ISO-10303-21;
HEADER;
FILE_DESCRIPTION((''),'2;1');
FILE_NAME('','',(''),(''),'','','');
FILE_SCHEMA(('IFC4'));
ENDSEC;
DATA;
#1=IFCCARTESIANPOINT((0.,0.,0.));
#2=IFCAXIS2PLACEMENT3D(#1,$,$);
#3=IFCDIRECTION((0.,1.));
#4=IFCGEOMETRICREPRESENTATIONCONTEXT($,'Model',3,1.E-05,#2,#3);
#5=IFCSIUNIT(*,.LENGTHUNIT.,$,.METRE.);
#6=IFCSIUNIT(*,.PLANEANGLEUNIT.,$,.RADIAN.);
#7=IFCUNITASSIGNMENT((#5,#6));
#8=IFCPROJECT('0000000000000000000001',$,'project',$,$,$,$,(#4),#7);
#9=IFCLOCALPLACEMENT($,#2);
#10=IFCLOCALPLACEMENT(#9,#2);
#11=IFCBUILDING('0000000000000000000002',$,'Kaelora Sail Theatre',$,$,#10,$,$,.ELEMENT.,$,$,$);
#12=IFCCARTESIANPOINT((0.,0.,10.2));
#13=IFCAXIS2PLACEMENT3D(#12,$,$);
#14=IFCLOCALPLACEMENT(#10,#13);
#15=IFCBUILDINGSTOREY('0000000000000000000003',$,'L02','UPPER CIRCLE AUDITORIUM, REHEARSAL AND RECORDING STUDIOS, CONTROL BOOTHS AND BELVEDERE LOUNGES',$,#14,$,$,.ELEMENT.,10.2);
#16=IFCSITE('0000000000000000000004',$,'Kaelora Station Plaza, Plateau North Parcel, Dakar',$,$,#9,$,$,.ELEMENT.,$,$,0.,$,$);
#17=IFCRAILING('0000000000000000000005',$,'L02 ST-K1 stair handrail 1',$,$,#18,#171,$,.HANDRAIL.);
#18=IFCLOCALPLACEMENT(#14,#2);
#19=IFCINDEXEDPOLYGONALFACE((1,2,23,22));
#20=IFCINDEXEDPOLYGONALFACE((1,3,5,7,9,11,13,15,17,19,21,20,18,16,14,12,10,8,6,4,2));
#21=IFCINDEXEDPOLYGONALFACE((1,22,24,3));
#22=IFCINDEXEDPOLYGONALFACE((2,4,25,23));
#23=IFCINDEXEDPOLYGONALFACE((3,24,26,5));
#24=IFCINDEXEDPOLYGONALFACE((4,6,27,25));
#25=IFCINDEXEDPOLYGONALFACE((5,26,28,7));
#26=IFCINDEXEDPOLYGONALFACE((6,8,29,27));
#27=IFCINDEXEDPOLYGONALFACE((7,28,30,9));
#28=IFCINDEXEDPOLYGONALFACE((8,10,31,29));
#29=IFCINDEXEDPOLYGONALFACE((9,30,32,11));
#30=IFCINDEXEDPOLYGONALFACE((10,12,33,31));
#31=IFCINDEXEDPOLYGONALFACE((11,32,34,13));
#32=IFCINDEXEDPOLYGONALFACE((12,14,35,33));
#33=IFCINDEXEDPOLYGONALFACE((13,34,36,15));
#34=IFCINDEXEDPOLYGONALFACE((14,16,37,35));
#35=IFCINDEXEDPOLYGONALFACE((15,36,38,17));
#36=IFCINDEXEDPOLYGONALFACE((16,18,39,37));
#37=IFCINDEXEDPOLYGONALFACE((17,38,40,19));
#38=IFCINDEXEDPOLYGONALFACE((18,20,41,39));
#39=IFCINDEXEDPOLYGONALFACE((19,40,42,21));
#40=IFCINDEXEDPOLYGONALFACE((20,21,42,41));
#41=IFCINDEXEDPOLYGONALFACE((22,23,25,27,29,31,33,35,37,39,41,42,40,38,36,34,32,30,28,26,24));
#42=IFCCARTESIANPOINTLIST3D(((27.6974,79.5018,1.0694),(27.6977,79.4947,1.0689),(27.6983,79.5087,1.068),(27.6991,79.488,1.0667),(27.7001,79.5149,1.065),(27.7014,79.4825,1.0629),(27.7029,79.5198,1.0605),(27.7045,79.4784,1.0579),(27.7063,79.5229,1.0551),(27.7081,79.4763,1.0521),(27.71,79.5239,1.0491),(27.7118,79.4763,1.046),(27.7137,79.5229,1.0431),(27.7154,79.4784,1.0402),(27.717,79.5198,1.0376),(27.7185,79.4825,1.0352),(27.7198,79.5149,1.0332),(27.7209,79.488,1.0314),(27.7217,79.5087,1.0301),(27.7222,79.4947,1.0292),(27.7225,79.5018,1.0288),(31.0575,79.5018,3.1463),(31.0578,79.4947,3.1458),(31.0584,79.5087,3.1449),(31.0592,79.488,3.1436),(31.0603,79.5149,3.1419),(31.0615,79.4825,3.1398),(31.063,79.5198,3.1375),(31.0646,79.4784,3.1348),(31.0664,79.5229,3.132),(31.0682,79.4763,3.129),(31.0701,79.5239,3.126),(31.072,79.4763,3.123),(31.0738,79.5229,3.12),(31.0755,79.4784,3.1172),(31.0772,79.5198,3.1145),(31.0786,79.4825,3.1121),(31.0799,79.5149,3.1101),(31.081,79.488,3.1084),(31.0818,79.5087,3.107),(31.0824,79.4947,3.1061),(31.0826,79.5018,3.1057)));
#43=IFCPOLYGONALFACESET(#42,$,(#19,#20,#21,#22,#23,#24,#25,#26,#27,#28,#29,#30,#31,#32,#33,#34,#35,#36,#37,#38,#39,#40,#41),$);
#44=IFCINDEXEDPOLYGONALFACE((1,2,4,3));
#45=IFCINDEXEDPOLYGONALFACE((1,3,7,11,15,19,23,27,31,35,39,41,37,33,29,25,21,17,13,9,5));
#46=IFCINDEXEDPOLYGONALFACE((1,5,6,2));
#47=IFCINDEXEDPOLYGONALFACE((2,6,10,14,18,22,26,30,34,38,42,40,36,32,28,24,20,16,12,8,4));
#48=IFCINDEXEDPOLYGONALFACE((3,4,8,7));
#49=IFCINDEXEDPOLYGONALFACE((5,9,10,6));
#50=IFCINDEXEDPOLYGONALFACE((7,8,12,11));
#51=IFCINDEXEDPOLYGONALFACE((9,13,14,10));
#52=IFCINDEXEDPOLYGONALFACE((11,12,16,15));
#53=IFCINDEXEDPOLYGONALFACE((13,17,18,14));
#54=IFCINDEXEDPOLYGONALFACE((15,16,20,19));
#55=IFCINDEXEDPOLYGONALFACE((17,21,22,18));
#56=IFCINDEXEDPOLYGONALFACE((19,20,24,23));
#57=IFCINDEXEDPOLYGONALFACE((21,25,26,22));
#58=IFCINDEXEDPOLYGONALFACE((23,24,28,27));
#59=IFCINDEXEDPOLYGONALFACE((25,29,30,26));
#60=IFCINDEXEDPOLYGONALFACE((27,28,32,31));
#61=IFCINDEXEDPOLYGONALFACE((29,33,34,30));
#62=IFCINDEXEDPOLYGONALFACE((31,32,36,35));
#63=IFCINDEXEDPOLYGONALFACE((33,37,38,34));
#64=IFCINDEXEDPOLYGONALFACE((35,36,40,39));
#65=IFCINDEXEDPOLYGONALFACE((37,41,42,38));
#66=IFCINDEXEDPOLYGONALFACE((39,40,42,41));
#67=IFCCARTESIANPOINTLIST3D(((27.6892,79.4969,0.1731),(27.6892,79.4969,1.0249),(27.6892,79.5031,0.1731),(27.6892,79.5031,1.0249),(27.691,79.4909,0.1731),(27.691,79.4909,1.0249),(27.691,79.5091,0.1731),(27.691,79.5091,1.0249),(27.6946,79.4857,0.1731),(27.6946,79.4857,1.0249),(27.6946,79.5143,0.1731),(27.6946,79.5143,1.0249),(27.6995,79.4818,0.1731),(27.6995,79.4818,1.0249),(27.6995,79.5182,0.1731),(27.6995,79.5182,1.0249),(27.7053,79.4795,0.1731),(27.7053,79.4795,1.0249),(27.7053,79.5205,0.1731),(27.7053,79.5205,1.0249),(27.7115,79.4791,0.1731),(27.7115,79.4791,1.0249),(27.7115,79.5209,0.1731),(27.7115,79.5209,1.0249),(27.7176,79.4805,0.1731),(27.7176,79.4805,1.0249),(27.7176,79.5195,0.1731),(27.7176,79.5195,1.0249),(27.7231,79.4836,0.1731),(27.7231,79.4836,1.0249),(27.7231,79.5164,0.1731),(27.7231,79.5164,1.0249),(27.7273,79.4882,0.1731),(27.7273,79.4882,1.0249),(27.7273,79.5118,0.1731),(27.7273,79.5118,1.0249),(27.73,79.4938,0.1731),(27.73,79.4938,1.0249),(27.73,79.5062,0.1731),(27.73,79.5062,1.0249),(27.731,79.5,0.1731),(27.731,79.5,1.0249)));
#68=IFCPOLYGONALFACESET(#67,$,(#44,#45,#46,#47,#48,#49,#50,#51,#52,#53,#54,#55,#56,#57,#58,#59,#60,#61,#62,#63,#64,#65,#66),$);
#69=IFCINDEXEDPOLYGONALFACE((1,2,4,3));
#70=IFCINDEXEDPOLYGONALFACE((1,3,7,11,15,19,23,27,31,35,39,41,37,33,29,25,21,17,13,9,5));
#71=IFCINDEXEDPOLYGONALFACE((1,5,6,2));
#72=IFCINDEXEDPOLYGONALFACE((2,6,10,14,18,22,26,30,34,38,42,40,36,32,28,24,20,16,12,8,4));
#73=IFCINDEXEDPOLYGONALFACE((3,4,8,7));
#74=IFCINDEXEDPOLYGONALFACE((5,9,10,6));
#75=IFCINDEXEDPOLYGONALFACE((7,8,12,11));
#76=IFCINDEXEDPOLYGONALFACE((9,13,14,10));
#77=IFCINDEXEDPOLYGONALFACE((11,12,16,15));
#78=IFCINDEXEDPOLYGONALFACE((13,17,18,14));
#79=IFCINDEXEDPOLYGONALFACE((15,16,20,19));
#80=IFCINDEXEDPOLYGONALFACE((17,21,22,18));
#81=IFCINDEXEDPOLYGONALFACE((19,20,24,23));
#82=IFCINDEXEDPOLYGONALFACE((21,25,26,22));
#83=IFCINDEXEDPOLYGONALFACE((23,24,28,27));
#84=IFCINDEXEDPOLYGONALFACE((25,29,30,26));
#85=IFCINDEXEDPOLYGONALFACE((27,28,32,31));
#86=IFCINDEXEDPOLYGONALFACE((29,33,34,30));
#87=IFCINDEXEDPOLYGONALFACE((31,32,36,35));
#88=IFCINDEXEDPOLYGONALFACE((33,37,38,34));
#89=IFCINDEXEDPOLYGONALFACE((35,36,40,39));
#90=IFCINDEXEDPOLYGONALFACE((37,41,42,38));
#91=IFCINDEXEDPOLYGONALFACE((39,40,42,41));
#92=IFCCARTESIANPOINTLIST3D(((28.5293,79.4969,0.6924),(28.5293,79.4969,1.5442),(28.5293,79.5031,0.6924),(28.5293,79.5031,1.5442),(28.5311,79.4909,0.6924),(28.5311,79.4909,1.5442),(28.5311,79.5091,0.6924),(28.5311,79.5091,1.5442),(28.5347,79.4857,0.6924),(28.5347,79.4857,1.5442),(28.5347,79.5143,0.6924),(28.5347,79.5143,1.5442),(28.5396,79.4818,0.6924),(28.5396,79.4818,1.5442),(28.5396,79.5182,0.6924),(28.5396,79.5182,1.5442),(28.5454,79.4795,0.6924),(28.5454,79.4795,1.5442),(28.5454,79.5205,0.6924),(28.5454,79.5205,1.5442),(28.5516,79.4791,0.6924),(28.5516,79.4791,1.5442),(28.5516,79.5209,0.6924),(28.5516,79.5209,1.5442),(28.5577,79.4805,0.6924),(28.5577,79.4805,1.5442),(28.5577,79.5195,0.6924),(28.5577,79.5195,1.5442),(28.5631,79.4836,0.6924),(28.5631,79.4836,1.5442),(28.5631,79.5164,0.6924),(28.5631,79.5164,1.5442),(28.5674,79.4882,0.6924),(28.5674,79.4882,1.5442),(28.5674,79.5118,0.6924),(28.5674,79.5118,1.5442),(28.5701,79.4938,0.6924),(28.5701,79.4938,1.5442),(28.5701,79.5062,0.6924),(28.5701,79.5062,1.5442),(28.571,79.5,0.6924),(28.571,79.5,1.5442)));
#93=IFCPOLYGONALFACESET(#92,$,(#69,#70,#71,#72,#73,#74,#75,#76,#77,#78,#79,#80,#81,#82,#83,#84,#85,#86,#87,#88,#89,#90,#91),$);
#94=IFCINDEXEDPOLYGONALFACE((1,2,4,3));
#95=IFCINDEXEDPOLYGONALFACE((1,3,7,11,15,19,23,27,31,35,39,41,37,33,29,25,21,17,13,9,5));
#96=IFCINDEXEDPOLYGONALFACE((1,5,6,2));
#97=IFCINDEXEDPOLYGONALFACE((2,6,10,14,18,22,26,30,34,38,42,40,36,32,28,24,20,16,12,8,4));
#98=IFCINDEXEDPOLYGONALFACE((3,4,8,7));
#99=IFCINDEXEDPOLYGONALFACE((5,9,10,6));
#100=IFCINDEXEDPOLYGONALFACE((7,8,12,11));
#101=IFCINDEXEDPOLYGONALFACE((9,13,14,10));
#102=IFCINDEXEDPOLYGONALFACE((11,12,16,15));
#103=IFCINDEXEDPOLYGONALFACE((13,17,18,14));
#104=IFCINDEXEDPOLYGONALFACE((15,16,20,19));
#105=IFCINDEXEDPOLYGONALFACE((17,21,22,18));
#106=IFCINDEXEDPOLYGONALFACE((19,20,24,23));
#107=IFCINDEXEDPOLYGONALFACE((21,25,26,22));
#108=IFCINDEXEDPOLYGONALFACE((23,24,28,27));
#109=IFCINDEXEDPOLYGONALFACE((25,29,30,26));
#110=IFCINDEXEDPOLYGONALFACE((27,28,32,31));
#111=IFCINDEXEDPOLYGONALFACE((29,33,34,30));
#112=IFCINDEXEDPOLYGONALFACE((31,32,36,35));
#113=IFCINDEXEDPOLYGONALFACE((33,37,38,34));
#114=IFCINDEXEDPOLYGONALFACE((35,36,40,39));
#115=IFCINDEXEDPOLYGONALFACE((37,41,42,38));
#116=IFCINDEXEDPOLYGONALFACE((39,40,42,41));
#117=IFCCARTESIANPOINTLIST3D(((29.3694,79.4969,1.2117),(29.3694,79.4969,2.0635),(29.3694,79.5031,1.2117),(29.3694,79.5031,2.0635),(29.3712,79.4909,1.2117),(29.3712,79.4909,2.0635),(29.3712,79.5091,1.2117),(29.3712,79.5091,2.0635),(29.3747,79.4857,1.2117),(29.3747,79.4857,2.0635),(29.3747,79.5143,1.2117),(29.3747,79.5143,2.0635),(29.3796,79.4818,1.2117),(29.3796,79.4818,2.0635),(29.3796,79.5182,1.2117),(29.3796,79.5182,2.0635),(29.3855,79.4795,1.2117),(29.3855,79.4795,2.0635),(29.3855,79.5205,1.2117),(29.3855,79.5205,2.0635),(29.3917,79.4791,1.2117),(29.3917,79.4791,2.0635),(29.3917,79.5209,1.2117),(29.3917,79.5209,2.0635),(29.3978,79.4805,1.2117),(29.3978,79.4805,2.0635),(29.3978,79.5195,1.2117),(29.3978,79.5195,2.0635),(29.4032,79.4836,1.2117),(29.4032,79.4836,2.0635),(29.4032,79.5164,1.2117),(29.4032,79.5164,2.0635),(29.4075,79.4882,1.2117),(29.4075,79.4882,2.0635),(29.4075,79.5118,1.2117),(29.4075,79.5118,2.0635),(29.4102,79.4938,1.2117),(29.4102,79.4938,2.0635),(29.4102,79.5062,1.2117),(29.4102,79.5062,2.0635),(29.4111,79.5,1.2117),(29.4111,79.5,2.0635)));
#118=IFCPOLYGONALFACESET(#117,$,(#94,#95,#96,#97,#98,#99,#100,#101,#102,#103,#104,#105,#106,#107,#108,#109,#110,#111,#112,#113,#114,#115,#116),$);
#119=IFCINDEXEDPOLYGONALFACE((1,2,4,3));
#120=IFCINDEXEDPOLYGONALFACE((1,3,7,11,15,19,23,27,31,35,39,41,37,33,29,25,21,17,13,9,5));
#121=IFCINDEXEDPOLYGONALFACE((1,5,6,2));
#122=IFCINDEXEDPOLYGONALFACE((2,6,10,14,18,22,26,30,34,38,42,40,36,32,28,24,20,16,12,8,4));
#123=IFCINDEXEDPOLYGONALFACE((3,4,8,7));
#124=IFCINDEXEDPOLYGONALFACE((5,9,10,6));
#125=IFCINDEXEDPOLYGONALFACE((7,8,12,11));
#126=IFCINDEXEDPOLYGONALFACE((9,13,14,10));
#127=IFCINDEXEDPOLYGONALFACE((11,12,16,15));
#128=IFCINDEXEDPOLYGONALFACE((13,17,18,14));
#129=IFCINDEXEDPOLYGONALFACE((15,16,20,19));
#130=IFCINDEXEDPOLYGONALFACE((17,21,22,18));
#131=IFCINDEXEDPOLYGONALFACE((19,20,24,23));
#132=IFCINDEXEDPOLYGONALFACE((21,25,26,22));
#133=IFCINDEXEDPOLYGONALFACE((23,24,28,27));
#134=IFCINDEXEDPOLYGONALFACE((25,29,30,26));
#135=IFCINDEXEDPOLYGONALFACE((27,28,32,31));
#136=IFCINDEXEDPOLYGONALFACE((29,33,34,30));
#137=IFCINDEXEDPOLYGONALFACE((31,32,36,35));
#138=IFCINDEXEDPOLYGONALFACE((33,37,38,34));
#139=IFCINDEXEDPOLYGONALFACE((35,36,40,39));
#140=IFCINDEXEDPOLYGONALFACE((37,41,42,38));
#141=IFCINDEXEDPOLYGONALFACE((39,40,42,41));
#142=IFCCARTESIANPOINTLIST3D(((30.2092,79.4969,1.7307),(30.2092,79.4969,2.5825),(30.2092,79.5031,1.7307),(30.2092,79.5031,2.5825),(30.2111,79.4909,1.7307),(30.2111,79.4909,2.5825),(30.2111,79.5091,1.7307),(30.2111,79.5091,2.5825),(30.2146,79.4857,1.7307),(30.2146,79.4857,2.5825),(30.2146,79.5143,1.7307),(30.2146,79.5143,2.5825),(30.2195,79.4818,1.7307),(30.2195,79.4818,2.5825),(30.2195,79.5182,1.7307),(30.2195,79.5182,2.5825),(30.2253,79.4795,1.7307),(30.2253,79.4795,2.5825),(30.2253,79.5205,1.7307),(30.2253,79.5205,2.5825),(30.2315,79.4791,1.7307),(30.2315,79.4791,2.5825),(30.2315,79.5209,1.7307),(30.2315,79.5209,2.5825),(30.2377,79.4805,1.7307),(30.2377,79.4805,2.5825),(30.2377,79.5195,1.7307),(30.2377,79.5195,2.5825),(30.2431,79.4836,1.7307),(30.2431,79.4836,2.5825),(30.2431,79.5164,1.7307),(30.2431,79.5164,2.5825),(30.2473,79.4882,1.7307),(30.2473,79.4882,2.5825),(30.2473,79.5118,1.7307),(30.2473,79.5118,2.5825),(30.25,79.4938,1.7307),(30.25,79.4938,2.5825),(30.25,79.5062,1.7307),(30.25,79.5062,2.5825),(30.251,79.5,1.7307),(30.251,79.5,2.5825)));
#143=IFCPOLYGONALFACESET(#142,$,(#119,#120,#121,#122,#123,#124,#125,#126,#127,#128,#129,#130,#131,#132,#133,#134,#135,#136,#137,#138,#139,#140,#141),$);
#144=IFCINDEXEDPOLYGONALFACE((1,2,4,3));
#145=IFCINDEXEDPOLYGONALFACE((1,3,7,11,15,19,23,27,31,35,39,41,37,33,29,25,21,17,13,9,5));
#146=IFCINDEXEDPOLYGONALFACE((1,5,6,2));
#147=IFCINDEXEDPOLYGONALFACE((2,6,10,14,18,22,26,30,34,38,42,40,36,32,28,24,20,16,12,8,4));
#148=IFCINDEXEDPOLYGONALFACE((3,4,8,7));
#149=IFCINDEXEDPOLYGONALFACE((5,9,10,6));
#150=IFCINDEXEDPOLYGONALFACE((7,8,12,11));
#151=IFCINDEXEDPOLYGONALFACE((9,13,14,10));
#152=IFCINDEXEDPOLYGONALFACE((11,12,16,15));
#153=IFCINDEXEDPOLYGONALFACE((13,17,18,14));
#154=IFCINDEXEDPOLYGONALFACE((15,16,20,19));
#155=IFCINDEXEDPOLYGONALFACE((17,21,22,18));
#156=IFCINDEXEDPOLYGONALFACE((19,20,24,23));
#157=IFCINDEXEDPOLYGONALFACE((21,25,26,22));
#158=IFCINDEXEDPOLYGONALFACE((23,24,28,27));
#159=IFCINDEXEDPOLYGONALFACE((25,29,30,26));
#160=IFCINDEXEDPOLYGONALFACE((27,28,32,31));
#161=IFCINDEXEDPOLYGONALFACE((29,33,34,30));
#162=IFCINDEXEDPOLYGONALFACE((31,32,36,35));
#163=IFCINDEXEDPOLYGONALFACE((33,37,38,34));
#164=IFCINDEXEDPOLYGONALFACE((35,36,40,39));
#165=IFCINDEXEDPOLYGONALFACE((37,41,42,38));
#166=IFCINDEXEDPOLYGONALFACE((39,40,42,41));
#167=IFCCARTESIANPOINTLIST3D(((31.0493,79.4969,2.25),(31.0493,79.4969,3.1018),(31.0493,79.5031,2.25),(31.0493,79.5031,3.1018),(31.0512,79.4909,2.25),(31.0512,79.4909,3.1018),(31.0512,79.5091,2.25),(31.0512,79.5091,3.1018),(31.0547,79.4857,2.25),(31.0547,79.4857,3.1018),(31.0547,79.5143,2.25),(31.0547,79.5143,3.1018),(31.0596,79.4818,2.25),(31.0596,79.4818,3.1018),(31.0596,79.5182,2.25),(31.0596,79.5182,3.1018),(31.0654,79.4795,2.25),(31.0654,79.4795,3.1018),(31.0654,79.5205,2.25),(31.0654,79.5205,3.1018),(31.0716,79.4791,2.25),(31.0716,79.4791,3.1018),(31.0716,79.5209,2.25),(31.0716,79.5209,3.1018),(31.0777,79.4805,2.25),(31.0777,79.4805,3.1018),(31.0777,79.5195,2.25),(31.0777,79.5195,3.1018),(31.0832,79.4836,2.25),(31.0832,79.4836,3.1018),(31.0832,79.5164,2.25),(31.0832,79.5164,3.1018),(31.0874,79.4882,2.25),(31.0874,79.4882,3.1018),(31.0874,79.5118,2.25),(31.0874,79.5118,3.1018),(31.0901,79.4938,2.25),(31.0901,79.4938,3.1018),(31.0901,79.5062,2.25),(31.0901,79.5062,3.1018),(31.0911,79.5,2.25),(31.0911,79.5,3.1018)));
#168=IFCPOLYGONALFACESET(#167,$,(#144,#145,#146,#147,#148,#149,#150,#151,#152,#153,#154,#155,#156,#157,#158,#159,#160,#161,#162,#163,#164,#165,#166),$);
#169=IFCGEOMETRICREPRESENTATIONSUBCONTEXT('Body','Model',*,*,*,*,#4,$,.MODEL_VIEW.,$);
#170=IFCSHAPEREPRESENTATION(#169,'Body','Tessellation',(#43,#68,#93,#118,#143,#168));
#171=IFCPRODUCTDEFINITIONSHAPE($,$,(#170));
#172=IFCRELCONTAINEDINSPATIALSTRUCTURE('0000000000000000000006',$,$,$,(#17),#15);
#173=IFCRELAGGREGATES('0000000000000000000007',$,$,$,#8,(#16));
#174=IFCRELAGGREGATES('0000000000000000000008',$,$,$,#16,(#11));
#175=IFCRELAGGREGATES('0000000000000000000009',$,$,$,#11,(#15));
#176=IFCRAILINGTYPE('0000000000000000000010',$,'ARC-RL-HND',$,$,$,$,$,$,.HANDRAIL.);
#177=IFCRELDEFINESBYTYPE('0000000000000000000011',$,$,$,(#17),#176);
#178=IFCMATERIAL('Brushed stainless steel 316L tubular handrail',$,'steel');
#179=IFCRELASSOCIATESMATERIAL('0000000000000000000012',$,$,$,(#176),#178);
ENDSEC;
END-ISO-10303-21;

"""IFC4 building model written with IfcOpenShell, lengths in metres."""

from ifc_helpers import new_model, si_unit, direction, frame, origin, origin_2d, place, context, subcontext, project, spatial, circle, extrude, material, type_object, element, save


model = new_model("IFC4")

# Units and contexts
model_context = context("Model", 3, precision=1e-05, world=origin(), true_north=direction((0.0, 1.0)))
body_context = subcontext(model_context, "Body", "Model", "MODEL_VIEW")
ifc_project = project(units=[si_unit("LENGTHUNIT", "METRE"), si_unit("PLANEANGLEUNIT", "RADIAN")], contexts=[model_context])

# Site, building, storey
site_placement = place(None, origin())
site = spatial("IfcSite", under=ifc_project, at=site_placement, Name="Kaelora Station Plaza, Plateau North Parcel, Dakar", CompositionType="ELEMENT", RefElevation=0.0)
building_placement = place(site_placement, origin())
building = spatial("IfcBuilding", under=site, at=building_placement, Name="Kaelora Sail Theatre", CompositionType="ELEMENT")
storey_placement = place(building_placement, frame((0.0, 0.0, 10.2)))
storey = spatial("IfcBuildingStorey", under=building, at=storey_placement, Name="L02", Description="UPPER CIRCLE AUDITORIUM, REHEARSAL AND RECORDING STUDIOS, CONTROL BOOTHS AND BELVEDERE LOUNGES", CompositionType="ELEMENT", Elevation=10.2)

# Railing
ifc_material_1 = material(Name="Brushed stainless steel 316L tubular handrail", Category="steel")
railing_type_1 = type_object("IfcRailingType", Name="ARC-RL-HND", PredefinedType="HANDRAIL", material=ifc_material_1)
railing_1_placement = place(storey_placement, frame((27.71, 79.5, 0.1731)))
element("IfcRailing", 1, at=railing_1_placement, inside=storey, type_object=railing_type_1, Name="L02 ST-K1 stair handrail 1", PredefinedType="HANDRAIL", context=body_context, shape_type="SweptSolid", body=[
    extrude(circle(Radius=0.0239, at=origin_2d()), frame((0.0, 0.0, 0.876), z_axis=(0.850623, 0.0, 0.525776), x_axis=(0.0, 1.0, 0.0)), (0.0, 0.0, 1.0), 3.9502),
    extrude(circle(Radius=0.021, at=origin_2d()), origin(), (0.0, 0.0, 1.0), 0.8518),
    extrude(circle(Radius=0.021, at=origin_2d()), frame((0.8401, 0.0, 0.5193)), (0.0, 0.0, 1.0), 0.8518),
    extrude(circle(Radius=0.021, at=origin_2d()), frame((1.6802, 0.0, 1.0386)), (0.0, 0.0, 1.0), 0.8518),
    extrude(circle(Radius=0.021, at=origin_2d()), frame((2.52, 0.0, 1.5576)), (0.0, 0.0, 1.0), 0.8518),
    extrude(circle(Radius=0.021, at=origin_2d()), frame((3.3601, 0.0, 2.0769)), (0.0, 0.0, 1.0), 0.8518),
])

save(model, "model.ifc")
